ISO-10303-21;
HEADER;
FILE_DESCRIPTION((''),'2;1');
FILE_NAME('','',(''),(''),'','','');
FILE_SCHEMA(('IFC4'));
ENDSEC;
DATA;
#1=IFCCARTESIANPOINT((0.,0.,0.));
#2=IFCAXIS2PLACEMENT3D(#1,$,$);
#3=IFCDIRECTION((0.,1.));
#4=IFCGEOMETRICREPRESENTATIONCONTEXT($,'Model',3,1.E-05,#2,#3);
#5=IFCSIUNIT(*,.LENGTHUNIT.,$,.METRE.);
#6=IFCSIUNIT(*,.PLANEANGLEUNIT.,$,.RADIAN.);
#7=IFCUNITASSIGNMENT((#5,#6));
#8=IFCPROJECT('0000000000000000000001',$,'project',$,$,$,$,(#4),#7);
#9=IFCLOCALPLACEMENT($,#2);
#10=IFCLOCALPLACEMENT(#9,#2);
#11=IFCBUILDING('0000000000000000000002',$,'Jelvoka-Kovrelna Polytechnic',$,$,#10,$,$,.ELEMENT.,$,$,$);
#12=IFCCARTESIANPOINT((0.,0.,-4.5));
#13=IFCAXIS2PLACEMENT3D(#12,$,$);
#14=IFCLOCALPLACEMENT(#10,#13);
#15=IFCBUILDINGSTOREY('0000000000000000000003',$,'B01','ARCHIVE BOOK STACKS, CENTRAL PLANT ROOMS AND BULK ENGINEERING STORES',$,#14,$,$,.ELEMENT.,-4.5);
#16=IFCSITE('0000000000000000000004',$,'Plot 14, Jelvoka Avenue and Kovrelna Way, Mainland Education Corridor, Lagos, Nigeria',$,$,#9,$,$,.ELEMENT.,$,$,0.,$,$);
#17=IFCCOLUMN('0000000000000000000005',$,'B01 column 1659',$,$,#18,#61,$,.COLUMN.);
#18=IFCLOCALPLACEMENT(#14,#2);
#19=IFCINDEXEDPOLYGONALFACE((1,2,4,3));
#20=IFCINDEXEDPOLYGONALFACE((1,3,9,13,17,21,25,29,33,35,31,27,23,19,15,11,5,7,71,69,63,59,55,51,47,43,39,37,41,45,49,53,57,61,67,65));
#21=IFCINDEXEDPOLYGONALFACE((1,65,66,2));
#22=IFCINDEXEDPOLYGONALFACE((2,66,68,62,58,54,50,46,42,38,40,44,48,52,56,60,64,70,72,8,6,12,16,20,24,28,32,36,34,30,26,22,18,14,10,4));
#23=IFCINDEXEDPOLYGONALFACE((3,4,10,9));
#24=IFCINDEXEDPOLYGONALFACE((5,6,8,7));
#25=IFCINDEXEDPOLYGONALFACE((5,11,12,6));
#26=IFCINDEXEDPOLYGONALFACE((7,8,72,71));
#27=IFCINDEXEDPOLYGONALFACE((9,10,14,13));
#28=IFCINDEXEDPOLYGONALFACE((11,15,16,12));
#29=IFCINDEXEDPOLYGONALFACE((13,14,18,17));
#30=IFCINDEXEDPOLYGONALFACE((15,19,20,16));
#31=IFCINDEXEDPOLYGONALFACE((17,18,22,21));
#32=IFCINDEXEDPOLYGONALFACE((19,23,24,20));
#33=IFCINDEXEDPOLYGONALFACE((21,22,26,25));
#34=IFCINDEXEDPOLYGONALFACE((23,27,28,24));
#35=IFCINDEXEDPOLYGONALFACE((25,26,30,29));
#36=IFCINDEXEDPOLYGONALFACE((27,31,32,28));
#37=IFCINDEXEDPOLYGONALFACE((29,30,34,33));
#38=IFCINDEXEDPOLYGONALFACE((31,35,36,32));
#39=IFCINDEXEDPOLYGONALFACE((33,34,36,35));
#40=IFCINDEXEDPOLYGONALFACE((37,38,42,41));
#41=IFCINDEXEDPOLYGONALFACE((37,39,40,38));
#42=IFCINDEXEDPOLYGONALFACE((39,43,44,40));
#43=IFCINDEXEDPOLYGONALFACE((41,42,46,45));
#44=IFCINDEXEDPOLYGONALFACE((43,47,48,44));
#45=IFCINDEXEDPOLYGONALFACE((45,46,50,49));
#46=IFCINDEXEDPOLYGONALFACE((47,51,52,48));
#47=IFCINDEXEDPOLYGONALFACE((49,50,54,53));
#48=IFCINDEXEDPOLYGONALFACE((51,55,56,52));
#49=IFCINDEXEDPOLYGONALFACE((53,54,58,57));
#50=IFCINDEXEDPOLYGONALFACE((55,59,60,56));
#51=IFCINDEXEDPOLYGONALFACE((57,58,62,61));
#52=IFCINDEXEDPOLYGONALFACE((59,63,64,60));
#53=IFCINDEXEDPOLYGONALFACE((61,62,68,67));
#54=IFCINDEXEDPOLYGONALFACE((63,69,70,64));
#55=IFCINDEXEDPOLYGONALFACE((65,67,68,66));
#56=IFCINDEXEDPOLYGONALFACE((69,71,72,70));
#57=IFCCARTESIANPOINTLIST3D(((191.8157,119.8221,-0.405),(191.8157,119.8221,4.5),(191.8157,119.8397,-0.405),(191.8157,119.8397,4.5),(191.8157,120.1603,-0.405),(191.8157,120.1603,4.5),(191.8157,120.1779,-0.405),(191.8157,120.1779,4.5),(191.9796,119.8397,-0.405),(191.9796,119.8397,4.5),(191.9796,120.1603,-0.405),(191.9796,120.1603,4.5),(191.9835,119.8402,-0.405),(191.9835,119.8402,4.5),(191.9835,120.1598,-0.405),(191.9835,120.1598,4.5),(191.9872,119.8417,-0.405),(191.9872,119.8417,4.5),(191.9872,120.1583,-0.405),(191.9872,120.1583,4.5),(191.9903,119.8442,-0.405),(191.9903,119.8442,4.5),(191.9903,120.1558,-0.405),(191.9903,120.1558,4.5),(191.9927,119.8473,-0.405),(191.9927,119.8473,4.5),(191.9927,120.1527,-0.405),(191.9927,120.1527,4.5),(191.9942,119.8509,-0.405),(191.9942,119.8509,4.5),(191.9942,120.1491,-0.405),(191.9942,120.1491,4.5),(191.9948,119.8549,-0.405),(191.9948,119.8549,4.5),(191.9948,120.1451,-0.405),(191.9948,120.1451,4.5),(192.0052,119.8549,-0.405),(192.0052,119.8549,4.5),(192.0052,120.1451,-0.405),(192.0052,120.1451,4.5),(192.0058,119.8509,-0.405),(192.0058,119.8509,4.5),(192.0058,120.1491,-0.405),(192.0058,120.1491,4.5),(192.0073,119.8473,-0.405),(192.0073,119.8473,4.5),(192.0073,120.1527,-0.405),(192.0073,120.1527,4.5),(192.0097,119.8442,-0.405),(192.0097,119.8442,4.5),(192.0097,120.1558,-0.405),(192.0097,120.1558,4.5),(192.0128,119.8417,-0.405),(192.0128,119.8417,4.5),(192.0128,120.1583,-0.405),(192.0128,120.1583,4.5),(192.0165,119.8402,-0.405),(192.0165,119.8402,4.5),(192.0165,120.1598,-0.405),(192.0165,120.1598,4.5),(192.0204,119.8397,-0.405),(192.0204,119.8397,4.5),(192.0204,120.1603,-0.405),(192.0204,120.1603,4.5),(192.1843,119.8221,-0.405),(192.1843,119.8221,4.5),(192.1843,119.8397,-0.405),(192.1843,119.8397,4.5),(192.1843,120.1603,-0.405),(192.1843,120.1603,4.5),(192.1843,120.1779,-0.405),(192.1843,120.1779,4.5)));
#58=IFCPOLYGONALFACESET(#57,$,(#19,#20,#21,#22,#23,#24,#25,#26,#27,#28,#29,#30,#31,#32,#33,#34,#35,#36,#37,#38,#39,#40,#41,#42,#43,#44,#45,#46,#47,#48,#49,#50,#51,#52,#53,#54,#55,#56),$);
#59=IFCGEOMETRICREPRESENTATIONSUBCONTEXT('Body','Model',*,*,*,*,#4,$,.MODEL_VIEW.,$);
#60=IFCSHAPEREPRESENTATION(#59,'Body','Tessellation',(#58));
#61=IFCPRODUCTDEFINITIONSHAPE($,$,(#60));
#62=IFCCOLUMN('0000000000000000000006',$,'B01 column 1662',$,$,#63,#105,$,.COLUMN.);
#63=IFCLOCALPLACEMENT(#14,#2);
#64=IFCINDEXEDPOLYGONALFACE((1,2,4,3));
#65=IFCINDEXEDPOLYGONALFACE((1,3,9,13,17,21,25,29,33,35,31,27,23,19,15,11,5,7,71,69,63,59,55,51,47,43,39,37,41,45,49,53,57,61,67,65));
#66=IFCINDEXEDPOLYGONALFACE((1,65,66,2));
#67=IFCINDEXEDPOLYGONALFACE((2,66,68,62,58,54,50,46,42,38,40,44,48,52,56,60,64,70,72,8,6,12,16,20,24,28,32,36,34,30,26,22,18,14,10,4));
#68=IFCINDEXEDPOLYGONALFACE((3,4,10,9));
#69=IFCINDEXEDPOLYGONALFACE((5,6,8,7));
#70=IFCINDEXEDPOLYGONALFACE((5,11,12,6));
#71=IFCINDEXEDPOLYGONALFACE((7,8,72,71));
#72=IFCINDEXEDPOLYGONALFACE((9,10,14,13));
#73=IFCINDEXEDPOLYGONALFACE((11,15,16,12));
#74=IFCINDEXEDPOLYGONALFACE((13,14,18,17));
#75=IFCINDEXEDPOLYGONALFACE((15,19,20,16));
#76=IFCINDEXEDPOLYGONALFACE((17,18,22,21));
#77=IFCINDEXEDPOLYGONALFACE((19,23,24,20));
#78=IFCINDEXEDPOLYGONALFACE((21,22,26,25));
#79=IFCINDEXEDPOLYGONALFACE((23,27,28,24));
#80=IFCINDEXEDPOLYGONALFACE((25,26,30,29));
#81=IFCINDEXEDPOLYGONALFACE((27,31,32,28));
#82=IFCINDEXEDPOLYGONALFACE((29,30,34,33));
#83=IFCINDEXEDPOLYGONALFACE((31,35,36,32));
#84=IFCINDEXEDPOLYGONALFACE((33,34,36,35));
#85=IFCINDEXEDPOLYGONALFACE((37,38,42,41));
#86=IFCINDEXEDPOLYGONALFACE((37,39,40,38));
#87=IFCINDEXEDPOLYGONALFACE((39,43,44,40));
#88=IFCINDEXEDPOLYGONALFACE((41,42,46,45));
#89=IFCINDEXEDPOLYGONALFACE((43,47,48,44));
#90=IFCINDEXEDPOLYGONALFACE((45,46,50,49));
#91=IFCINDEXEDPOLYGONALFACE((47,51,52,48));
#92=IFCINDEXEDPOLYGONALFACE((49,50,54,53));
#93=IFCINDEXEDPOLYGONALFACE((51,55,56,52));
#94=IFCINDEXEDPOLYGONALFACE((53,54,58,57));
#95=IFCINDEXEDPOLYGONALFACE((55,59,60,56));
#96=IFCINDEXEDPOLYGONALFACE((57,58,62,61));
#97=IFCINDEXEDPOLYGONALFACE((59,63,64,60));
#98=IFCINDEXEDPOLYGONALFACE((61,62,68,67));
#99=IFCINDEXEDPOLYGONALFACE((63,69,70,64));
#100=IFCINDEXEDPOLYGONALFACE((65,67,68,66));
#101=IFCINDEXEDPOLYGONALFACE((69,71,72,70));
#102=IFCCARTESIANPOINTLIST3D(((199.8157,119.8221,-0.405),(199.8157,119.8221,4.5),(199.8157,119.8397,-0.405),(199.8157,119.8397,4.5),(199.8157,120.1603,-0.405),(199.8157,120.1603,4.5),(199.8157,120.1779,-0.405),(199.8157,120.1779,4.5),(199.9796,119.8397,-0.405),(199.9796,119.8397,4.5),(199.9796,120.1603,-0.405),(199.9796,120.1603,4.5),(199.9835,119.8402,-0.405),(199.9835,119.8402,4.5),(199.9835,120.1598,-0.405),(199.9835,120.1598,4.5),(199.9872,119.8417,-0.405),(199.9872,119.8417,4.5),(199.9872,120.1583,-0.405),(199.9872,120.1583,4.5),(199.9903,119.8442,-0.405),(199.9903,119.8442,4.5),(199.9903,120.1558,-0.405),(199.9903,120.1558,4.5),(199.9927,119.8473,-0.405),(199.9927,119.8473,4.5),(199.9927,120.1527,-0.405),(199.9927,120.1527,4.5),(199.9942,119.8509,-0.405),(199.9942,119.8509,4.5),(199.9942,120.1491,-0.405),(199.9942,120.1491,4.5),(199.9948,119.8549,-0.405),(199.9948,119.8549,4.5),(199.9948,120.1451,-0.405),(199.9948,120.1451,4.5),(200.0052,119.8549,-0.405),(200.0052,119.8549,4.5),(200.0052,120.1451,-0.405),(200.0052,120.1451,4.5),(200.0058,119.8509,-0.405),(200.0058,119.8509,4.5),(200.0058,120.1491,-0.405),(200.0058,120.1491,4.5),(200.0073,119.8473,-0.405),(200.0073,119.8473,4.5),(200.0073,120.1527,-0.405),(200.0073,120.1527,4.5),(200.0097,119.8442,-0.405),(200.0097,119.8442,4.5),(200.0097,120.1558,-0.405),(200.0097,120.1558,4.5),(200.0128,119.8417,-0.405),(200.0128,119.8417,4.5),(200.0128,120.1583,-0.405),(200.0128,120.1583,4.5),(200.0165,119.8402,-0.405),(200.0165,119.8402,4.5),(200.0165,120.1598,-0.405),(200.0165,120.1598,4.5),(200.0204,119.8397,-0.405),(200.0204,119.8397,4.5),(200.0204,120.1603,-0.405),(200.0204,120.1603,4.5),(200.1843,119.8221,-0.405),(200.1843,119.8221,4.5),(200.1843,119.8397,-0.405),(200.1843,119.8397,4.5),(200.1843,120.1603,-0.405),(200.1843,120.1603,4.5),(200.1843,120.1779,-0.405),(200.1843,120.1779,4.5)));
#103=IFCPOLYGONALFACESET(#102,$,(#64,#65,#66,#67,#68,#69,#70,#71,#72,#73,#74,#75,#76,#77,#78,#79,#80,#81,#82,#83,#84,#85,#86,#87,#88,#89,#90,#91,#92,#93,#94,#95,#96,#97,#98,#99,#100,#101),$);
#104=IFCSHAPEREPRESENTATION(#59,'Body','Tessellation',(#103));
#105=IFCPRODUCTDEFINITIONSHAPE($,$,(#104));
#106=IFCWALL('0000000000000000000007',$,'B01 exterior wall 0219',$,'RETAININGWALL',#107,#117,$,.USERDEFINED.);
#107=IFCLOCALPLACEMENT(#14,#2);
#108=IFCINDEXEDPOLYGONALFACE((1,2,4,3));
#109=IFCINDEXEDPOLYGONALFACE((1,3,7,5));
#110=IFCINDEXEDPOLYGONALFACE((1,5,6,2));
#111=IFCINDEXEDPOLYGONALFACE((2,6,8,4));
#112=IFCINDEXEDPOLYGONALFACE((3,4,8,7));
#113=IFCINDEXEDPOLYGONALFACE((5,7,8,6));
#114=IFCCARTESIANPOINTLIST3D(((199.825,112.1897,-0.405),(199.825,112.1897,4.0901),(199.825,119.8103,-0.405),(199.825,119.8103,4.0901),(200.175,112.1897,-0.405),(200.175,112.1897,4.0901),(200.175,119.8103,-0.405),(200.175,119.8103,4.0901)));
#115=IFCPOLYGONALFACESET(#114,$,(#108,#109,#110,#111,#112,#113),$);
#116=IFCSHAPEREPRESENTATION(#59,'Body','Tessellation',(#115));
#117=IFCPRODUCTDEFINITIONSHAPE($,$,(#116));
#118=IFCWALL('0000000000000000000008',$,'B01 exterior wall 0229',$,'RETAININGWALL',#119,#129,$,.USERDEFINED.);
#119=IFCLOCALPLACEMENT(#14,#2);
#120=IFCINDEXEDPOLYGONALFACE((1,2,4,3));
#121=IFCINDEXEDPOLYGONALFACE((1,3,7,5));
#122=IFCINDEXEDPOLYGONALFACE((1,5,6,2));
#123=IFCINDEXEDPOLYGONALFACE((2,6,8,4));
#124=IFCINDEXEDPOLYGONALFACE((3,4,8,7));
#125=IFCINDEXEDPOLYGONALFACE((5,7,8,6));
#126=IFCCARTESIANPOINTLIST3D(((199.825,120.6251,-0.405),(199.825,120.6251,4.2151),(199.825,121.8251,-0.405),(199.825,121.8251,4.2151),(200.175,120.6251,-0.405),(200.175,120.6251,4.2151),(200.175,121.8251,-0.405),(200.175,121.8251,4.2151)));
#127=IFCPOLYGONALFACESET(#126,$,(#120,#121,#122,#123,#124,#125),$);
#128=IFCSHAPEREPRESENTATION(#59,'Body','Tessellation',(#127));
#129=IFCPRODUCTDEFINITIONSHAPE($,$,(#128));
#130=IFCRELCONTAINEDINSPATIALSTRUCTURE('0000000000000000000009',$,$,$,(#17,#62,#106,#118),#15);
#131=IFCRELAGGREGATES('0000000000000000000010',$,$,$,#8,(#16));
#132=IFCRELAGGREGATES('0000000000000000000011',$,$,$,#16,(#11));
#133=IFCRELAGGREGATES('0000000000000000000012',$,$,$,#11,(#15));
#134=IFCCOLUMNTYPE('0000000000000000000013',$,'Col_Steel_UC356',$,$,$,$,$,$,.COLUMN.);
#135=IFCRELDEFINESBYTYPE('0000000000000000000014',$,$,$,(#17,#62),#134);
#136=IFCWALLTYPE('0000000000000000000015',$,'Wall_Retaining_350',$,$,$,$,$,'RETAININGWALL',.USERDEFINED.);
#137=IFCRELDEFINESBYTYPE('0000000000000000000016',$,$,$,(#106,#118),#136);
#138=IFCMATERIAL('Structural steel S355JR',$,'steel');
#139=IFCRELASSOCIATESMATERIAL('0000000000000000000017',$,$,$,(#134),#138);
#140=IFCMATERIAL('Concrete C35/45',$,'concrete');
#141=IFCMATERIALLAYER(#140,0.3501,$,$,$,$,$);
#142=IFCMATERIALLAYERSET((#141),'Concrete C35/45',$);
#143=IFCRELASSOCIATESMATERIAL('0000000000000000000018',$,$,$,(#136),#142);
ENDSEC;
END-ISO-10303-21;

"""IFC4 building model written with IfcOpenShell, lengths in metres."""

from ifc_helpers import new_model, si_unit, direction, frame, frame_2d, origin, origin_2d, place, context, subcontext, project, spatial, rectangle, i_section, extrude, material, layer, layer_set, material_profile, profile_set, type_object, element, save


model = new_model("IFC4")

# Units and contexts
model_context = context("Model", 3, precision=1e-05, world=origin(), true_north=direction((0.0, 1.0)))
body_context = subcontext(model_context, "Body", "Model", "MODEL_VIEW")
ifc_project = project(units=[si_unit("LENGTHUNIT", "METRE"), si_unit("PLANEANGLEUNIT", "RADIAN")], contexts=[model_context])

# Site, building, storey
site_placement = place(None, origin())
site = spatial("IfcSite", under=ifc_project, at=site_placement, Name="Plot 14, Jelvoka Avenue and Kovrelna Way, Mainland Education Corridor, Lagos, Nigeria", CompositionType="ELEMENT", RefElevation=0.0)
building_placement = place(site_placement, origin())
building = spatial("IfcBuilding", under=site, at=building_placement, Name="Jelvoka-Kovrelna Polytechnic", CompositionType="ELEMENT")
storey_placement = place(building_placement, frame((0.0, 0.0, -4.5)))
storey = spatial("IfcBuildingStorey", under=building, at=storey_placement, Name="B01", Description="ARCHIVE BOOK STACKS, CENTRAL PLANT ROOMS AND BULK ENGINEERING STORES", CompositionType="ELEMENT", Elevation=-4.5)

# Columns
ifc_material_1 = material(Name="Structural steel S355JR", Category="steel")
ifc_material_profile_1 = material_profile(ifc_material_1, i_section(OverallWidth=0.3687, OverallDepth=0.3557, WebThickness=0.0105, FlangeThickness=0.0176, FilletRadius=0.0151, at=origin_2d()), Name="356x368x129 UC")
ifc_profile_set_1 = profile_set([ifc_material_profile_1], Name="Structural steel S355JR")
column_type = type_object("IfcColumnType", Name="Col_Steel_UC356", PredefinedType="COLUMN", material=ifc_profile_set_1)
for number, where, z_axis, x_axis, name in (
    (1, (192.0, 120.0, -0.405), (0.0, 0.0, 1.0), (1.0, 0.0, 0.0), "B01 column 1659"),
    (2, (200.0, 120.0, -0.405), (0.0, 0.0, 1.0), (1.0, 0.0, 0.0), "B01 column 1662"),
):
    element("IfcColumn", number, at=place(storey_placement, frame(where, z_axis=z_axis, x_axis=x_axis)), inside=storey, type_object=column_type, Name=name, PredefinedType="COLUMN", context=body_context, shape_type="SweptSolid", body=[
        extrude(i_section(OverallWidth=0.3687, OverallDepth=0.3557, WebThickness=0.0105, FlangeThickness=0.0176, FilletRadius=0.0151, at=origin_2d()), origin(), (0.0, 0.0, 1.0), 4.905),
    ])

# Walls
ifc_material_2 = material(Name="Concrete C35/45", Category="concrete")
ifc_layer = layer(ifc_material_2, 0.3501)
ifc_layer_set = layer_set([ifc_layer], Name="Concrete C35/45")
wall_type = type_object("IfcWallType", Name="Wall_Retaining_350", ElementType="RETAININGWALL", PredefinedType="USERDEFINED", material=ifc_layer_set)
wall_1_placement = place(storey_placement, frame((200.0, 112.1897, -0.405), z_axis=(0.0, 0.0, 1.0), x_axis=(0.0, 1.0, 0.0)))
element("IfcWall", 3, at=wall_1_placement, inside=storey, type_object=wall_type, Name="B01 exterior wall 0219", ObjectType="RETAININGWALL", PredefinedType="USERDEFINED", context=body_context, shape_type="SweptSolid", body=[
    extrude(rectangle(XDim=7.6206, YDim=0.3501, at=frame_2d((3.8103, 0.0))), origin(), (0.0, 0.0, 1.0), 4.4951),
])
wall_2_placement = place(storey_placement, frame((200.0, 120.625, -0.405), z_axis=(0.0, 0.0, 1.0), x_axis=(0.0, 1.0, 0.0)))
element("IfcWall", 4, at=wall_2_placement, inside=storey, type_object=wall_type, Name="B01 exterior wall 0229", ObjectType="RETAININGWALL", PredefinedType="USERDEFINED", context=body_context, shape_type="SweptSolid", body=[
    extrude(rectangle(XDim=1.2, YDim=0.3501, at=frame_2d((0.6001, 0.0))), origin(), (0.0, 0.0, 1.0), 4.6201),
])

save(model, "model.ifc")
